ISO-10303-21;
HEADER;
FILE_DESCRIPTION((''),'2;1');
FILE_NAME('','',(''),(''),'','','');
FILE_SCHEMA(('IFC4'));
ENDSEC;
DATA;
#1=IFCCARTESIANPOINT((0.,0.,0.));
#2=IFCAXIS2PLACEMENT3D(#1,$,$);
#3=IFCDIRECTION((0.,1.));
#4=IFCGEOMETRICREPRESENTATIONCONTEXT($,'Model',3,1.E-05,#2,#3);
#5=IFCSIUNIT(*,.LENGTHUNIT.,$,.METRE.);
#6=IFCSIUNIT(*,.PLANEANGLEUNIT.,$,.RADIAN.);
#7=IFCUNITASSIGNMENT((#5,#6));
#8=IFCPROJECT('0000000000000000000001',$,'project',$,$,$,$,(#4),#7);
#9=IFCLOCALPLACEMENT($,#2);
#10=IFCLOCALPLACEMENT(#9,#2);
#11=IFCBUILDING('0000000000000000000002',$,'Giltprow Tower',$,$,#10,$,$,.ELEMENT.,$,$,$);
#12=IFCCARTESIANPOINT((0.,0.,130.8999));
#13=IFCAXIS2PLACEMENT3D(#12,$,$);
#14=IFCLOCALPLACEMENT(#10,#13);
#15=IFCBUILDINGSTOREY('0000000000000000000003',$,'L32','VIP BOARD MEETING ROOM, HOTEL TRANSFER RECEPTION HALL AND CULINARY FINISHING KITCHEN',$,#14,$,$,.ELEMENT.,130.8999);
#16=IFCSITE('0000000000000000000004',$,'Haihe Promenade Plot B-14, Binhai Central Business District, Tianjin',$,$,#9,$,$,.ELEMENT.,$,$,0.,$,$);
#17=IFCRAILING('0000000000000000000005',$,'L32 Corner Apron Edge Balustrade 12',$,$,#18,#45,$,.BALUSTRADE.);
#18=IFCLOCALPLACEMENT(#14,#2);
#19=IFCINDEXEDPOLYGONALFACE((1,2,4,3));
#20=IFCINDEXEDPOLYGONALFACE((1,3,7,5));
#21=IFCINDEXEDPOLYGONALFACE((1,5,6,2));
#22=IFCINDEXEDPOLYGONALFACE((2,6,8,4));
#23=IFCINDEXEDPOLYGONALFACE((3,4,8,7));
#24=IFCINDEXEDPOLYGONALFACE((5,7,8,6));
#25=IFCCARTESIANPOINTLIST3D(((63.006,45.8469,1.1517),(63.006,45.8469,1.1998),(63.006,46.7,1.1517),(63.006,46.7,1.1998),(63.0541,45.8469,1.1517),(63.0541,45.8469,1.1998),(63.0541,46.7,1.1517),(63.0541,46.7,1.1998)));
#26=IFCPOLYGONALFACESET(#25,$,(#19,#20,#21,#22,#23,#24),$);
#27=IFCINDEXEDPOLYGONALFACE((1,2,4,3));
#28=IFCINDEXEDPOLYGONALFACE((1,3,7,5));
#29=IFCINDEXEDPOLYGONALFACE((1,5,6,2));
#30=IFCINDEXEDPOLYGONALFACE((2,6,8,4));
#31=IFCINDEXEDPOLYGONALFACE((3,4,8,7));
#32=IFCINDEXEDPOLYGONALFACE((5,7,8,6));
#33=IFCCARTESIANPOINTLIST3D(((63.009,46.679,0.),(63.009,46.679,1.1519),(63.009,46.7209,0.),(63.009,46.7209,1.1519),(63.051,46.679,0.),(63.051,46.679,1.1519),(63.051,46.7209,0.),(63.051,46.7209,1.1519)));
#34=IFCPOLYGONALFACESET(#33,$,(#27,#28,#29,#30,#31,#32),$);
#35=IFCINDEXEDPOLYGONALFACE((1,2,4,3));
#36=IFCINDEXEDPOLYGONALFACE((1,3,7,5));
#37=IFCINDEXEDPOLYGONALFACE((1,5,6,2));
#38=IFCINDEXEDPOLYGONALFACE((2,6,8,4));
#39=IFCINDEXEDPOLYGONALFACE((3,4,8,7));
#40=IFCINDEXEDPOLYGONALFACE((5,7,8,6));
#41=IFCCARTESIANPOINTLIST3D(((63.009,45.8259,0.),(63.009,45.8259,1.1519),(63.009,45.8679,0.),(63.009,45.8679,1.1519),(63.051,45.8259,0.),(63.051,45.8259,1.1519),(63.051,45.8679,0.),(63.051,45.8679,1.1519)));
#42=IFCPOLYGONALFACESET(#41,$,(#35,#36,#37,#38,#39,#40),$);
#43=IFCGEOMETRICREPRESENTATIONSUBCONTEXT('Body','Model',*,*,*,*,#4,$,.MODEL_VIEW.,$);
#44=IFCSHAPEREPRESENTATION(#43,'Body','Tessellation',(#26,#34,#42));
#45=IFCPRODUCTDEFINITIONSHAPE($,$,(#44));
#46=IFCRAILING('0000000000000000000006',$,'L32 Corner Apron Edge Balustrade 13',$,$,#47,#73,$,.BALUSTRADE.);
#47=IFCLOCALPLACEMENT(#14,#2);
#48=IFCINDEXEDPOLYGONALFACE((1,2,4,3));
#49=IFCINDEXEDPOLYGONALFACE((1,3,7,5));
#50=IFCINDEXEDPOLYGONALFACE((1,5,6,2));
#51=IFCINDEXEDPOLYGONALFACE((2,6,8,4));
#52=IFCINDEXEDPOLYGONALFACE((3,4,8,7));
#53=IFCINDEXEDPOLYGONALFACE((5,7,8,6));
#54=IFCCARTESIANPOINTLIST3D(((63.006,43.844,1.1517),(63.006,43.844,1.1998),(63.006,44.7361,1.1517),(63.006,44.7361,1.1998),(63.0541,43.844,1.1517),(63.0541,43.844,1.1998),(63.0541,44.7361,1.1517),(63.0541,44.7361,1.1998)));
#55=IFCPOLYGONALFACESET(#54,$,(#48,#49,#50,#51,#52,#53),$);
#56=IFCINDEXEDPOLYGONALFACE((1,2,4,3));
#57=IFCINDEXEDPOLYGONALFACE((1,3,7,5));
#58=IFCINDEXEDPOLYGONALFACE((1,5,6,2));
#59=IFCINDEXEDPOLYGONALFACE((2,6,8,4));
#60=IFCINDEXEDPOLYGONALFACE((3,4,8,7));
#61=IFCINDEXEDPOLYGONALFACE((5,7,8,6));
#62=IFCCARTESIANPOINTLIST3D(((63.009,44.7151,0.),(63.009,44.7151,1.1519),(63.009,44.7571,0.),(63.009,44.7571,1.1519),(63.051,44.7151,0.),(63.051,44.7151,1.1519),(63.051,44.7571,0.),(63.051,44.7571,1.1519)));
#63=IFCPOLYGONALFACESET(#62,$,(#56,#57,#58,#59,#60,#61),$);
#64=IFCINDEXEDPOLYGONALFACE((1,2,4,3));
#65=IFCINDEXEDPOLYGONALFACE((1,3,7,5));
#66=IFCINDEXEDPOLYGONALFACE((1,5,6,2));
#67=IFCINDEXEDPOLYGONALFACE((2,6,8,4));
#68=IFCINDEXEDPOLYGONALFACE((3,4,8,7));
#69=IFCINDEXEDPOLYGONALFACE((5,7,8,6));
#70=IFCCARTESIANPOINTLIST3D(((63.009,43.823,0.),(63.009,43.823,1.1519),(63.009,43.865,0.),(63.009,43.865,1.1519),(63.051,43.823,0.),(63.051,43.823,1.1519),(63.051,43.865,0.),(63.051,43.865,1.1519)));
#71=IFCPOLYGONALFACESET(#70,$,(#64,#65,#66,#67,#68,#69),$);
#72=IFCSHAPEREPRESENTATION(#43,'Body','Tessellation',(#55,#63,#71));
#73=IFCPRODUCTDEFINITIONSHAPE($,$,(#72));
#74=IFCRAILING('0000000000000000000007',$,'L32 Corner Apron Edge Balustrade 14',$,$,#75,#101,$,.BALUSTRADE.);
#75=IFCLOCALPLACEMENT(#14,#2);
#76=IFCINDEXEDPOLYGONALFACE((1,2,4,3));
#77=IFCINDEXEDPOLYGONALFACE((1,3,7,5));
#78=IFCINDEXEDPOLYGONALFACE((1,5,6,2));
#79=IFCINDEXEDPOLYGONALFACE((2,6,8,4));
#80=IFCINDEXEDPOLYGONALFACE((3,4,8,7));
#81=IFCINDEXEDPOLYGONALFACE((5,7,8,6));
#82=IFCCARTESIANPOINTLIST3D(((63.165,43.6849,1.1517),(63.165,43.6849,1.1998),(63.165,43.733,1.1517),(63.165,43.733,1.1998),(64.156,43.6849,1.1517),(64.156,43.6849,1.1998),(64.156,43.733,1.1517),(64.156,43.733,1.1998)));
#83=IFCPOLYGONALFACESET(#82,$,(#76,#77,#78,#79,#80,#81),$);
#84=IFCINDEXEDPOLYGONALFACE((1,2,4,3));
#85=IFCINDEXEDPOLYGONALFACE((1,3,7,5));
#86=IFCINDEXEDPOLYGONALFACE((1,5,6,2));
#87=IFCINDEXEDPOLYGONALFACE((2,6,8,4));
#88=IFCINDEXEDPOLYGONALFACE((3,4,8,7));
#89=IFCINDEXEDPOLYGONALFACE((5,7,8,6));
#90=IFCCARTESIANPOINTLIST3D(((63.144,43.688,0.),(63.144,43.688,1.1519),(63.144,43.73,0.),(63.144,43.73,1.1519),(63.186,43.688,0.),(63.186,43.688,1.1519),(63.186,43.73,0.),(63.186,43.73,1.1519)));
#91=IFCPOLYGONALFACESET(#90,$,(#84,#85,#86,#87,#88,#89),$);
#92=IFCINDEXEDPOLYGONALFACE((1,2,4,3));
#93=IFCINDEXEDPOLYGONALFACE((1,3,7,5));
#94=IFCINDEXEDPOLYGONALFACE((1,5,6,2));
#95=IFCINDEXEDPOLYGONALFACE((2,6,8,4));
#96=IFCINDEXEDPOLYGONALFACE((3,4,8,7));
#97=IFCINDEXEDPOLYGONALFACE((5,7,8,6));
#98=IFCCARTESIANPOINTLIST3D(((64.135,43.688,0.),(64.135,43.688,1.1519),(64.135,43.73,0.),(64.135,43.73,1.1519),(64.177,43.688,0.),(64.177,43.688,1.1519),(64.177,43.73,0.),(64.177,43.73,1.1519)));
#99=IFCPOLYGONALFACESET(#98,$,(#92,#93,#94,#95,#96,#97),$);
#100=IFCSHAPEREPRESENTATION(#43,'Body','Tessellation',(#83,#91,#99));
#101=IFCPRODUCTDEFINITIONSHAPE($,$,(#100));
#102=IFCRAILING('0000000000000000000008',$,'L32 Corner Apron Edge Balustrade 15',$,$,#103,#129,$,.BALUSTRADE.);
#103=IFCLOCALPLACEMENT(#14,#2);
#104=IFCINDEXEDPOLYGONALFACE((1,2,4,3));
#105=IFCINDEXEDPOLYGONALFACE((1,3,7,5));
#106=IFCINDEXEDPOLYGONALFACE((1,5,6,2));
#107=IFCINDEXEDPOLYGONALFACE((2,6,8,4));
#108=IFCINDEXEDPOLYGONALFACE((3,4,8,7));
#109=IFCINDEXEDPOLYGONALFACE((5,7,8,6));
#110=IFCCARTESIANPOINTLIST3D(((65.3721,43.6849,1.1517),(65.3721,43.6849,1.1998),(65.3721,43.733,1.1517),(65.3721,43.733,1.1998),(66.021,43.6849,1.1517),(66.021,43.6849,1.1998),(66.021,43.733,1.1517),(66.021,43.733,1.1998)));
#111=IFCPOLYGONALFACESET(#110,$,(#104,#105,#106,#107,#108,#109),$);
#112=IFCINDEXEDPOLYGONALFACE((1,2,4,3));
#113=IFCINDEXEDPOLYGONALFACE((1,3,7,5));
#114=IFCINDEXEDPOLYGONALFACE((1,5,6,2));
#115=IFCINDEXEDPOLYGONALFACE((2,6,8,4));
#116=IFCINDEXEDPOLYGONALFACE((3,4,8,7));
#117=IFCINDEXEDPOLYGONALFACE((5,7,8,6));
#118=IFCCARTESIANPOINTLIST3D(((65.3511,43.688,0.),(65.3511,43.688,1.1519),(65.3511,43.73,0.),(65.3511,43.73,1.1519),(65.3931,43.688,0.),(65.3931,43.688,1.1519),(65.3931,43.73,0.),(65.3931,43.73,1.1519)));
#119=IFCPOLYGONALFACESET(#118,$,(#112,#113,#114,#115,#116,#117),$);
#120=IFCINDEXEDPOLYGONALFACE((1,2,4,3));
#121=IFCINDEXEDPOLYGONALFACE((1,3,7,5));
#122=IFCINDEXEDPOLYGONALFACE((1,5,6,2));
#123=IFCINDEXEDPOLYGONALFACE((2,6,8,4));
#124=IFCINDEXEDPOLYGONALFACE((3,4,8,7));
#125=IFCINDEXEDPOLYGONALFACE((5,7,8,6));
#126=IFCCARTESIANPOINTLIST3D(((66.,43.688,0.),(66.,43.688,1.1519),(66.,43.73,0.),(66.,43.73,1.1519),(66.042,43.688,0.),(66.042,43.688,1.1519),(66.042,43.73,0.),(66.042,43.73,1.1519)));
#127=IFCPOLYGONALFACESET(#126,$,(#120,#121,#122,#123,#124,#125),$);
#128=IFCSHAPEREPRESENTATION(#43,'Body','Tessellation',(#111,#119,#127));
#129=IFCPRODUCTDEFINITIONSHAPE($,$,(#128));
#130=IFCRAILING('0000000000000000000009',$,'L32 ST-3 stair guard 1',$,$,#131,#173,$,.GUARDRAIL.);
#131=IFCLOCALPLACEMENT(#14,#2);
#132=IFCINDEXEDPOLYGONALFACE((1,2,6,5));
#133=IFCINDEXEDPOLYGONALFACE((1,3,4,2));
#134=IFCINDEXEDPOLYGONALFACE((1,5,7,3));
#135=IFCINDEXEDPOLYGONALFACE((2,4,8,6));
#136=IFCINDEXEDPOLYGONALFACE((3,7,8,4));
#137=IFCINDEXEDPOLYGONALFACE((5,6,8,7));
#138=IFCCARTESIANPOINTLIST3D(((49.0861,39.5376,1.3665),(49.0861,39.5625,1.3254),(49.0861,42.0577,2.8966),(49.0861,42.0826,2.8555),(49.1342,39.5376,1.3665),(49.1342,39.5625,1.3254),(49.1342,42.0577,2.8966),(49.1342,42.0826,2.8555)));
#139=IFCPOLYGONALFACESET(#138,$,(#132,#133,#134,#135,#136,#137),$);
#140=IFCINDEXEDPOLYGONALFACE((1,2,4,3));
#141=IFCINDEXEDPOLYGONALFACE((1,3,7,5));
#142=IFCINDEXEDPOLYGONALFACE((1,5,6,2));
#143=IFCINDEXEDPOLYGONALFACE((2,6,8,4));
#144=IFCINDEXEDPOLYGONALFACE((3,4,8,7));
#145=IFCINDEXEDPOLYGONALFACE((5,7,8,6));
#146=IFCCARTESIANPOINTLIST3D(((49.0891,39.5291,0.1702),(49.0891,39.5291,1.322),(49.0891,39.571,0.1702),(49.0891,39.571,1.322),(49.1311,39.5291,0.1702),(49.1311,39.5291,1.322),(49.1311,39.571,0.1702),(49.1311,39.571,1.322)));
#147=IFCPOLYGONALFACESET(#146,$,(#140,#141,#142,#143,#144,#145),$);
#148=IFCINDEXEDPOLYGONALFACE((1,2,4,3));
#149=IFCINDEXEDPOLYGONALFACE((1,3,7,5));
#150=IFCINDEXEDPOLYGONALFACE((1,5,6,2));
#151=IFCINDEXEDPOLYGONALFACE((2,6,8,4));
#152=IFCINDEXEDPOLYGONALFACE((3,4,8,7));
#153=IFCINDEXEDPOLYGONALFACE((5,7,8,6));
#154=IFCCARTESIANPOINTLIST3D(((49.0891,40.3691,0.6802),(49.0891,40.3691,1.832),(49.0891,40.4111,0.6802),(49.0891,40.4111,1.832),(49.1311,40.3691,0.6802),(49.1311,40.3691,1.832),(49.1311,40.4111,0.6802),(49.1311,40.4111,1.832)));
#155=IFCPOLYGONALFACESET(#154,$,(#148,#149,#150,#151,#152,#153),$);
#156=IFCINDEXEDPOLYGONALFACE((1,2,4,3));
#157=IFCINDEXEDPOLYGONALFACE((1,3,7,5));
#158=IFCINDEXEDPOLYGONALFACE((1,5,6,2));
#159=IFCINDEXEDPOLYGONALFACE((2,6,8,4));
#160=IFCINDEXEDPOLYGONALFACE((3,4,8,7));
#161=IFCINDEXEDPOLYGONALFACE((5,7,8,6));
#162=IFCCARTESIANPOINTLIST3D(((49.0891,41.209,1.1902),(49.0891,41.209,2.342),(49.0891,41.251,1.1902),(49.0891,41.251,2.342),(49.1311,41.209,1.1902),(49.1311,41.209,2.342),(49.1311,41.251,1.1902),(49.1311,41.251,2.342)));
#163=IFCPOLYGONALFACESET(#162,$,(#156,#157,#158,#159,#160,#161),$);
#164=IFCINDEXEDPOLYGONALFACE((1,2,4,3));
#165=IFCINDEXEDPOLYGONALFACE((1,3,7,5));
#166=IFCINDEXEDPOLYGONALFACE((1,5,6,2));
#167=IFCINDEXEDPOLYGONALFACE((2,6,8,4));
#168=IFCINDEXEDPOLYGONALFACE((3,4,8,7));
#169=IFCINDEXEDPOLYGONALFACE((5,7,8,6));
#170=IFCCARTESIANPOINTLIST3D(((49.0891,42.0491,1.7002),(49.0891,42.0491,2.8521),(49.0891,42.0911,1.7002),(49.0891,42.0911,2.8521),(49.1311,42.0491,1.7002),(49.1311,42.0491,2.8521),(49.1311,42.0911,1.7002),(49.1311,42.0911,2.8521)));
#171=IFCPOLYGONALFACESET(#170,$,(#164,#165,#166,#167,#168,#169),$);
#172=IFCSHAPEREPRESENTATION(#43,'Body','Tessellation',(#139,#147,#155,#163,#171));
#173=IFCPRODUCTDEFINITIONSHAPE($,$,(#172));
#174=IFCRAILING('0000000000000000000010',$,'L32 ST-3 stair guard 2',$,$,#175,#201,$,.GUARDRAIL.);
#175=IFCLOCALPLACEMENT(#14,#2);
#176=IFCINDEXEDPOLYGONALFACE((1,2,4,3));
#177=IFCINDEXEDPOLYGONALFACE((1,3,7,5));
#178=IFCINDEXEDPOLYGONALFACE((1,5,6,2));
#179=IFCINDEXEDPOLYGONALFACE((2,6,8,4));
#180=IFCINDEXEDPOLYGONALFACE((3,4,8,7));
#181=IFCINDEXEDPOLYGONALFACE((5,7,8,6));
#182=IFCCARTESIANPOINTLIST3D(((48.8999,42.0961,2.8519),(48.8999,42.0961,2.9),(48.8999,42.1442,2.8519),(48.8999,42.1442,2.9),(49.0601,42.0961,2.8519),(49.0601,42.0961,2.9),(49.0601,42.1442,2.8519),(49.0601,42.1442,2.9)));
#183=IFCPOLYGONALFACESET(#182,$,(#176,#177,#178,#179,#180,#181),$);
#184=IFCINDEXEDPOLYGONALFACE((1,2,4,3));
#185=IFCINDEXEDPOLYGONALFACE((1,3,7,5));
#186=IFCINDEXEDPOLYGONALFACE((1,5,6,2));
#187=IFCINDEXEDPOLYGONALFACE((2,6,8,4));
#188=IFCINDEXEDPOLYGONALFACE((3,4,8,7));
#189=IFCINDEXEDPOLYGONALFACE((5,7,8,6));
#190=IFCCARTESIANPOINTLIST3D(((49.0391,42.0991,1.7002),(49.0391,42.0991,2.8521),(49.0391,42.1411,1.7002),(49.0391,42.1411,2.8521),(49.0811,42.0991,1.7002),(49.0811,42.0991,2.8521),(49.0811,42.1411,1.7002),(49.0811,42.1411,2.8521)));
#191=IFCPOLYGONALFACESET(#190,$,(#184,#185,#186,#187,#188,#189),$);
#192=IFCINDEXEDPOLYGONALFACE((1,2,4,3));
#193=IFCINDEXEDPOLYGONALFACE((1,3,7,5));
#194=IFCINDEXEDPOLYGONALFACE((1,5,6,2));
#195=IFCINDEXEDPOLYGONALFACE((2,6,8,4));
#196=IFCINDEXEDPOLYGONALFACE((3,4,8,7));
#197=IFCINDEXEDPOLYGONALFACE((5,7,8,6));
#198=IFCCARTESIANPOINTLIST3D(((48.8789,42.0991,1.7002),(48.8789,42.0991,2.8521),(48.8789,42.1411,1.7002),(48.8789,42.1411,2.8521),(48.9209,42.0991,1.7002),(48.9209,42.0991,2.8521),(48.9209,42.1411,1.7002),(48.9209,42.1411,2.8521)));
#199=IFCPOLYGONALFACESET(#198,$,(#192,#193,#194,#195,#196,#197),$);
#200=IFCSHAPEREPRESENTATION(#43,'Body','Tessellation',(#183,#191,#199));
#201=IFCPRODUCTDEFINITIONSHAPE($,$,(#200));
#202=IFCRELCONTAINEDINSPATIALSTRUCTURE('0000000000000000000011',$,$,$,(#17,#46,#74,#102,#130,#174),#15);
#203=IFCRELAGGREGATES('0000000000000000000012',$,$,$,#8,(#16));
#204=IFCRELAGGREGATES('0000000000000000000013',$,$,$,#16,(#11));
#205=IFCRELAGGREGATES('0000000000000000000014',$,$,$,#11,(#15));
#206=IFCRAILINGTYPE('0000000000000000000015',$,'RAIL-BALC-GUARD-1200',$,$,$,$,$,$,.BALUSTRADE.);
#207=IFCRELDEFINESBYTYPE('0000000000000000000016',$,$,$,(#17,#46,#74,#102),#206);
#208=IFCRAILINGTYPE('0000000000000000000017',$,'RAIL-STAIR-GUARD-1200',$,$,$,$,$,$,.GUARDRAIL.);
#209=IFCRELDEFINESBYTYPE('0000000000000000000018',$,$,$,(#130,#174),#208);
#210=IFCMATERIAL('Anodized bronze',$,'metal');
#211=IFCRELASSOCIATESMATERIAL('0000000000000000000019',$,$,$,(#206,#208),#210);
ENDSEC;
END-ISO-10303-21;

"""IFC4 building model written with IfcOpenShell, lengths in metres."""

from ifc_helpers import new_model, si_unit, direction, frame, origin, origin_2d, place, context, subcontext, project, spatial, rectangle, extrude, material, type_object, element, save


model = new_model("IFC4")

# Units and contexts
model_context = context("Model", 3, precision=1e-05, world=origin(), true_north=direction((0.0, 1.0)))
body_context = subcontext(model_context, "Body", "Model", "MODEL_VIEW")
ifc_project = project(units=[si_unit("LENGTHUNIT", "METRE"), si_unit("PLANEANGLEUNIT", "RADIAN")], contexts=[model_context])

# Site, building, storey
site_placement = place(None, origin())
site = spatial("IfcSite", under=ifc_project, at=site_placement, Name="Haihe Promenade Plot B-14, Binhai Central Business District, Tianjin", CompositionType="ELEMENT", RefElevation=0.0)
building_placement = place(site_placement, origin())
building = spatial("IfcBuilding", under=site, at=building_placement, Name="Giltprow Tower", CompositionType="ELEMENT")
storey_placement = place(building_placement, frame((0.0, 0.0, 130.8999)))
storey = spatial("IfcBuildingStorey", under=building, at=storey_placement, Name="L32", Description="VIP BOARD MEETING ROOM, HOTEL TRANSFER RECEPTION HALL AND CULINARY FINISHING KITCHEN", CompositionType="ELEMENT", Elevation=130.8999)

# Railings
ifc_material_1 = material(Name="Anodized bronze", Category="metal")
railing_type_1 = type_object("IfcRailingType", Name="RAIL-BALC-GUARD-1200", PredefinedType="BALUSTRADE", material=ifc_material_1)
railing_1_placement = place(storey_placement, frame((63.03, 46.7, 0.0)))
element("IfcRailing", 1, at=railing_1_placement, inside=storey, type_object=railing_type_1, Name="L32 Corner Apron Edge Balustrade 12", PredefinedType="BALUSTRADE", context=body_context, shape_type="SweptSolid", body=[
    extrude(rectangle(XDim=0.0481, YDim=0.0481, at=origin_2d()), frame((0.0, 0.0, 1.1758), z_axis=(0.0, -1.0, 0.0), x_axis=(1.0, 0.0, 0.0)), (0.0, 0.0, 1.0), 0.853),
    extrude(rectangle(XDim=0.042, YDim=0.042, at=origin_2d()), origin(), (0.0, 0.0, 1.0), 1.1519),
    extrude(rectangle(XDim=0.042, YDim=0.042, at=origin_2d()), frame((0.0, -0.853, 0.0)), (0.0, 0.0, 1.0), 1.1519),
])
railing_2_placement = place(storey_placement, frame((63.03, 44.7361, 0.0)))
element("IfcRailing", 2, at=railing_2_placement, inside=storey, type_object=railing_type_1, Name="L32 Corner Apron Edge Balustrade 13", PredefinedType="BALUSTRADE", context=body_context, shape_type="SweptSolid", body=[
    extrude(rectangle(XDim=0.0481, YDim=0.0481, at=origin_2d()), frame((0.0, 0.0, 1.1758), z_axis=(0.0, -1.0, 0.0), x_axis=(1.0, 0.0, 0.0)), (0.0, 0.0, 1.0), 0.8921),
    extrude(rectangle(XDim=0.042, YDim=0.042, at=origin_2d()), origin(), (0.0, 0.0, 1.0), 1.1519),
    extrude(rectangle(XDim=0.042, YDim=0.042, at=origin_2d()), frame((0.0, -0.8921, 0.0)), (0.0, 0.0, 1.0), 1.1519),
])
railing_3_placement = place(storey_placement, frame((63.165, 43.709, 0.0)))
element("IfcRailing", 3, at=railing_3_placement, inside=storey, type_object=railing_type_1, Name="L32 Corner Apron Edge Balustrade 14", PredefinedType="BALUSTRADE", context=body_context, shape_type="SweptSolid", body=[
    extrude(rectangle(XDim=0.0481, YDim=0.0481, at=origin_2d()), frame((0.0, 0.0, 1.1758), z_axis=(1.0, 0.0, 0.0), x_axis=(0.0, 1.0, 0.0)), (0.0, 0.0, 1.0), 0.991),
    extrude(rectangle(XDim=0.042, YDim=0.042, at=origin_2d()), origin(), (0.0, 0.0, 1.0), 1.1519),
    extrude(rectangle(XDim=0.042, YDim=0.042, at=origin_2d()), frame((0.991, 0.0, 0.0)), (0.0, 0.0, 1.0), 1.1519),
])
railing_4_placement = place(storey_placement, frame((65.3721, 43.709, 0.0)))
element("IfcRailing", 4, at=railing_4_placement, inside=storey, type_object=railing_type_1, Name="L32 Corner Apron Edge Balustrade 15", PredefinedType="BALUSTRADE", context=body_context, shape_type="SweptSolid", body=[
    extrude(rectangle(XDim=0.0481, YDim=0.0481, at=origin_2d()), frame((0.0, 0.0, 1.1758), z_axis=(1.0, 0.0, 0.0), x_axis=(0.0, 1.0, 0.0)), (0.0, 0.0, 1.0), 0.6489),
    extrude(rectangle(XDim=0.042, YDim=0.042, at=origin_2d()), origin(), (0.0, 0.0, 1.0), 1.1519),
    extrude(rectangle(XDim=0.042, YDim=0.042, at=origin_2d()), frame((0.6489, 0.0, 0.0)), (0.0, 0.0, 1.0), 1.1519),
])
railing_type_2 = type_object("IfcRailingType", Name="RAIL-STAIR-GUARD-1200", PredefinedType="GUARDRAIL", material=ifc_material_1)
railing_5_placement = place(storey_placement, frame((49.1101, 39.55, 0.1702)))
element("IfcRailing", 5, at=railing_5_placement, inside=storey, type_object=railing_type_2, Name="L32 ST-3 stair guard 1", PredefinedType="GUARDRAIL", context=body_context, shape_type="SweptSolid", body=[
    extrude(rectangle(XDim=0.0481, YDim=0.0481, at=origin_2d()), frame((0.0, 0.0, 1.1758), z_axis=(0.0, 0.854785, 0.518982), x_axis=(-1.0, 0.0, 0.0)), (0.0, 0.0, 1.0), 2.9482),
    extrude(rectangle(XDim=0.042, YDim=0.042, at=origin_2d()), origin(), (0.0, 0.0, 1.0), 1.1519),
    extrude(rectangle(XDim=0.042, YDim=0.042, at=origin_2d()), frame((0.0, 0.8401, 0.51)), (0.0, 0.0, 1.0), 1.1519),
    extrude(rectangle(XDim=0.042, YDim=0.042, at=origin_2d()), frame((0.0, 1.6799, 1.02)), (0.0, 0.0, 1.0), 1.1519),
    extrude(rectangle(XDim=0.042, YDim=0.042, at=origin_2d()), frame((0.0, 2.52, 1.53)), (0.0, 0.0, 1.0), 1.1519),
])
railing_6_placement = place(storey_placement, frame((49.0601, 42.1201, 1.7002)))
element("IfcRailing", 6, at=railing_6_placement, inside=storey, type_object=railing_type_2, Name="L32 ST-3 stair guard 2", PredefinedType="GUARDRAIL", context=body_context, shape_type="SweptSolid", body=[
    extrude(rectangle(XDim=0.0481, YDim=0.0481, at=origin_2d()), frame((0.0, 0.0, 1.1758), z_axis=(-1.0, 0.0, 0.0), x_axis=(0.0, -1.0, 0.0)), (0.0, 0.0, 1.0), 0.1602),
    extrude(rectangle(XDim=0.042, YDim=0.042, at=origin_2d()), origin(), (0.0, 0.0, 1.0), 1.1519),
    extrude(rectangle(XDim=0.042, YDim=0.042, at=origin_2d()), frame((-0.1602, 0.0, 0.0)), (0.0, 0.0, 1.0), 1.1519),
])

save(model, "model.ifc")
